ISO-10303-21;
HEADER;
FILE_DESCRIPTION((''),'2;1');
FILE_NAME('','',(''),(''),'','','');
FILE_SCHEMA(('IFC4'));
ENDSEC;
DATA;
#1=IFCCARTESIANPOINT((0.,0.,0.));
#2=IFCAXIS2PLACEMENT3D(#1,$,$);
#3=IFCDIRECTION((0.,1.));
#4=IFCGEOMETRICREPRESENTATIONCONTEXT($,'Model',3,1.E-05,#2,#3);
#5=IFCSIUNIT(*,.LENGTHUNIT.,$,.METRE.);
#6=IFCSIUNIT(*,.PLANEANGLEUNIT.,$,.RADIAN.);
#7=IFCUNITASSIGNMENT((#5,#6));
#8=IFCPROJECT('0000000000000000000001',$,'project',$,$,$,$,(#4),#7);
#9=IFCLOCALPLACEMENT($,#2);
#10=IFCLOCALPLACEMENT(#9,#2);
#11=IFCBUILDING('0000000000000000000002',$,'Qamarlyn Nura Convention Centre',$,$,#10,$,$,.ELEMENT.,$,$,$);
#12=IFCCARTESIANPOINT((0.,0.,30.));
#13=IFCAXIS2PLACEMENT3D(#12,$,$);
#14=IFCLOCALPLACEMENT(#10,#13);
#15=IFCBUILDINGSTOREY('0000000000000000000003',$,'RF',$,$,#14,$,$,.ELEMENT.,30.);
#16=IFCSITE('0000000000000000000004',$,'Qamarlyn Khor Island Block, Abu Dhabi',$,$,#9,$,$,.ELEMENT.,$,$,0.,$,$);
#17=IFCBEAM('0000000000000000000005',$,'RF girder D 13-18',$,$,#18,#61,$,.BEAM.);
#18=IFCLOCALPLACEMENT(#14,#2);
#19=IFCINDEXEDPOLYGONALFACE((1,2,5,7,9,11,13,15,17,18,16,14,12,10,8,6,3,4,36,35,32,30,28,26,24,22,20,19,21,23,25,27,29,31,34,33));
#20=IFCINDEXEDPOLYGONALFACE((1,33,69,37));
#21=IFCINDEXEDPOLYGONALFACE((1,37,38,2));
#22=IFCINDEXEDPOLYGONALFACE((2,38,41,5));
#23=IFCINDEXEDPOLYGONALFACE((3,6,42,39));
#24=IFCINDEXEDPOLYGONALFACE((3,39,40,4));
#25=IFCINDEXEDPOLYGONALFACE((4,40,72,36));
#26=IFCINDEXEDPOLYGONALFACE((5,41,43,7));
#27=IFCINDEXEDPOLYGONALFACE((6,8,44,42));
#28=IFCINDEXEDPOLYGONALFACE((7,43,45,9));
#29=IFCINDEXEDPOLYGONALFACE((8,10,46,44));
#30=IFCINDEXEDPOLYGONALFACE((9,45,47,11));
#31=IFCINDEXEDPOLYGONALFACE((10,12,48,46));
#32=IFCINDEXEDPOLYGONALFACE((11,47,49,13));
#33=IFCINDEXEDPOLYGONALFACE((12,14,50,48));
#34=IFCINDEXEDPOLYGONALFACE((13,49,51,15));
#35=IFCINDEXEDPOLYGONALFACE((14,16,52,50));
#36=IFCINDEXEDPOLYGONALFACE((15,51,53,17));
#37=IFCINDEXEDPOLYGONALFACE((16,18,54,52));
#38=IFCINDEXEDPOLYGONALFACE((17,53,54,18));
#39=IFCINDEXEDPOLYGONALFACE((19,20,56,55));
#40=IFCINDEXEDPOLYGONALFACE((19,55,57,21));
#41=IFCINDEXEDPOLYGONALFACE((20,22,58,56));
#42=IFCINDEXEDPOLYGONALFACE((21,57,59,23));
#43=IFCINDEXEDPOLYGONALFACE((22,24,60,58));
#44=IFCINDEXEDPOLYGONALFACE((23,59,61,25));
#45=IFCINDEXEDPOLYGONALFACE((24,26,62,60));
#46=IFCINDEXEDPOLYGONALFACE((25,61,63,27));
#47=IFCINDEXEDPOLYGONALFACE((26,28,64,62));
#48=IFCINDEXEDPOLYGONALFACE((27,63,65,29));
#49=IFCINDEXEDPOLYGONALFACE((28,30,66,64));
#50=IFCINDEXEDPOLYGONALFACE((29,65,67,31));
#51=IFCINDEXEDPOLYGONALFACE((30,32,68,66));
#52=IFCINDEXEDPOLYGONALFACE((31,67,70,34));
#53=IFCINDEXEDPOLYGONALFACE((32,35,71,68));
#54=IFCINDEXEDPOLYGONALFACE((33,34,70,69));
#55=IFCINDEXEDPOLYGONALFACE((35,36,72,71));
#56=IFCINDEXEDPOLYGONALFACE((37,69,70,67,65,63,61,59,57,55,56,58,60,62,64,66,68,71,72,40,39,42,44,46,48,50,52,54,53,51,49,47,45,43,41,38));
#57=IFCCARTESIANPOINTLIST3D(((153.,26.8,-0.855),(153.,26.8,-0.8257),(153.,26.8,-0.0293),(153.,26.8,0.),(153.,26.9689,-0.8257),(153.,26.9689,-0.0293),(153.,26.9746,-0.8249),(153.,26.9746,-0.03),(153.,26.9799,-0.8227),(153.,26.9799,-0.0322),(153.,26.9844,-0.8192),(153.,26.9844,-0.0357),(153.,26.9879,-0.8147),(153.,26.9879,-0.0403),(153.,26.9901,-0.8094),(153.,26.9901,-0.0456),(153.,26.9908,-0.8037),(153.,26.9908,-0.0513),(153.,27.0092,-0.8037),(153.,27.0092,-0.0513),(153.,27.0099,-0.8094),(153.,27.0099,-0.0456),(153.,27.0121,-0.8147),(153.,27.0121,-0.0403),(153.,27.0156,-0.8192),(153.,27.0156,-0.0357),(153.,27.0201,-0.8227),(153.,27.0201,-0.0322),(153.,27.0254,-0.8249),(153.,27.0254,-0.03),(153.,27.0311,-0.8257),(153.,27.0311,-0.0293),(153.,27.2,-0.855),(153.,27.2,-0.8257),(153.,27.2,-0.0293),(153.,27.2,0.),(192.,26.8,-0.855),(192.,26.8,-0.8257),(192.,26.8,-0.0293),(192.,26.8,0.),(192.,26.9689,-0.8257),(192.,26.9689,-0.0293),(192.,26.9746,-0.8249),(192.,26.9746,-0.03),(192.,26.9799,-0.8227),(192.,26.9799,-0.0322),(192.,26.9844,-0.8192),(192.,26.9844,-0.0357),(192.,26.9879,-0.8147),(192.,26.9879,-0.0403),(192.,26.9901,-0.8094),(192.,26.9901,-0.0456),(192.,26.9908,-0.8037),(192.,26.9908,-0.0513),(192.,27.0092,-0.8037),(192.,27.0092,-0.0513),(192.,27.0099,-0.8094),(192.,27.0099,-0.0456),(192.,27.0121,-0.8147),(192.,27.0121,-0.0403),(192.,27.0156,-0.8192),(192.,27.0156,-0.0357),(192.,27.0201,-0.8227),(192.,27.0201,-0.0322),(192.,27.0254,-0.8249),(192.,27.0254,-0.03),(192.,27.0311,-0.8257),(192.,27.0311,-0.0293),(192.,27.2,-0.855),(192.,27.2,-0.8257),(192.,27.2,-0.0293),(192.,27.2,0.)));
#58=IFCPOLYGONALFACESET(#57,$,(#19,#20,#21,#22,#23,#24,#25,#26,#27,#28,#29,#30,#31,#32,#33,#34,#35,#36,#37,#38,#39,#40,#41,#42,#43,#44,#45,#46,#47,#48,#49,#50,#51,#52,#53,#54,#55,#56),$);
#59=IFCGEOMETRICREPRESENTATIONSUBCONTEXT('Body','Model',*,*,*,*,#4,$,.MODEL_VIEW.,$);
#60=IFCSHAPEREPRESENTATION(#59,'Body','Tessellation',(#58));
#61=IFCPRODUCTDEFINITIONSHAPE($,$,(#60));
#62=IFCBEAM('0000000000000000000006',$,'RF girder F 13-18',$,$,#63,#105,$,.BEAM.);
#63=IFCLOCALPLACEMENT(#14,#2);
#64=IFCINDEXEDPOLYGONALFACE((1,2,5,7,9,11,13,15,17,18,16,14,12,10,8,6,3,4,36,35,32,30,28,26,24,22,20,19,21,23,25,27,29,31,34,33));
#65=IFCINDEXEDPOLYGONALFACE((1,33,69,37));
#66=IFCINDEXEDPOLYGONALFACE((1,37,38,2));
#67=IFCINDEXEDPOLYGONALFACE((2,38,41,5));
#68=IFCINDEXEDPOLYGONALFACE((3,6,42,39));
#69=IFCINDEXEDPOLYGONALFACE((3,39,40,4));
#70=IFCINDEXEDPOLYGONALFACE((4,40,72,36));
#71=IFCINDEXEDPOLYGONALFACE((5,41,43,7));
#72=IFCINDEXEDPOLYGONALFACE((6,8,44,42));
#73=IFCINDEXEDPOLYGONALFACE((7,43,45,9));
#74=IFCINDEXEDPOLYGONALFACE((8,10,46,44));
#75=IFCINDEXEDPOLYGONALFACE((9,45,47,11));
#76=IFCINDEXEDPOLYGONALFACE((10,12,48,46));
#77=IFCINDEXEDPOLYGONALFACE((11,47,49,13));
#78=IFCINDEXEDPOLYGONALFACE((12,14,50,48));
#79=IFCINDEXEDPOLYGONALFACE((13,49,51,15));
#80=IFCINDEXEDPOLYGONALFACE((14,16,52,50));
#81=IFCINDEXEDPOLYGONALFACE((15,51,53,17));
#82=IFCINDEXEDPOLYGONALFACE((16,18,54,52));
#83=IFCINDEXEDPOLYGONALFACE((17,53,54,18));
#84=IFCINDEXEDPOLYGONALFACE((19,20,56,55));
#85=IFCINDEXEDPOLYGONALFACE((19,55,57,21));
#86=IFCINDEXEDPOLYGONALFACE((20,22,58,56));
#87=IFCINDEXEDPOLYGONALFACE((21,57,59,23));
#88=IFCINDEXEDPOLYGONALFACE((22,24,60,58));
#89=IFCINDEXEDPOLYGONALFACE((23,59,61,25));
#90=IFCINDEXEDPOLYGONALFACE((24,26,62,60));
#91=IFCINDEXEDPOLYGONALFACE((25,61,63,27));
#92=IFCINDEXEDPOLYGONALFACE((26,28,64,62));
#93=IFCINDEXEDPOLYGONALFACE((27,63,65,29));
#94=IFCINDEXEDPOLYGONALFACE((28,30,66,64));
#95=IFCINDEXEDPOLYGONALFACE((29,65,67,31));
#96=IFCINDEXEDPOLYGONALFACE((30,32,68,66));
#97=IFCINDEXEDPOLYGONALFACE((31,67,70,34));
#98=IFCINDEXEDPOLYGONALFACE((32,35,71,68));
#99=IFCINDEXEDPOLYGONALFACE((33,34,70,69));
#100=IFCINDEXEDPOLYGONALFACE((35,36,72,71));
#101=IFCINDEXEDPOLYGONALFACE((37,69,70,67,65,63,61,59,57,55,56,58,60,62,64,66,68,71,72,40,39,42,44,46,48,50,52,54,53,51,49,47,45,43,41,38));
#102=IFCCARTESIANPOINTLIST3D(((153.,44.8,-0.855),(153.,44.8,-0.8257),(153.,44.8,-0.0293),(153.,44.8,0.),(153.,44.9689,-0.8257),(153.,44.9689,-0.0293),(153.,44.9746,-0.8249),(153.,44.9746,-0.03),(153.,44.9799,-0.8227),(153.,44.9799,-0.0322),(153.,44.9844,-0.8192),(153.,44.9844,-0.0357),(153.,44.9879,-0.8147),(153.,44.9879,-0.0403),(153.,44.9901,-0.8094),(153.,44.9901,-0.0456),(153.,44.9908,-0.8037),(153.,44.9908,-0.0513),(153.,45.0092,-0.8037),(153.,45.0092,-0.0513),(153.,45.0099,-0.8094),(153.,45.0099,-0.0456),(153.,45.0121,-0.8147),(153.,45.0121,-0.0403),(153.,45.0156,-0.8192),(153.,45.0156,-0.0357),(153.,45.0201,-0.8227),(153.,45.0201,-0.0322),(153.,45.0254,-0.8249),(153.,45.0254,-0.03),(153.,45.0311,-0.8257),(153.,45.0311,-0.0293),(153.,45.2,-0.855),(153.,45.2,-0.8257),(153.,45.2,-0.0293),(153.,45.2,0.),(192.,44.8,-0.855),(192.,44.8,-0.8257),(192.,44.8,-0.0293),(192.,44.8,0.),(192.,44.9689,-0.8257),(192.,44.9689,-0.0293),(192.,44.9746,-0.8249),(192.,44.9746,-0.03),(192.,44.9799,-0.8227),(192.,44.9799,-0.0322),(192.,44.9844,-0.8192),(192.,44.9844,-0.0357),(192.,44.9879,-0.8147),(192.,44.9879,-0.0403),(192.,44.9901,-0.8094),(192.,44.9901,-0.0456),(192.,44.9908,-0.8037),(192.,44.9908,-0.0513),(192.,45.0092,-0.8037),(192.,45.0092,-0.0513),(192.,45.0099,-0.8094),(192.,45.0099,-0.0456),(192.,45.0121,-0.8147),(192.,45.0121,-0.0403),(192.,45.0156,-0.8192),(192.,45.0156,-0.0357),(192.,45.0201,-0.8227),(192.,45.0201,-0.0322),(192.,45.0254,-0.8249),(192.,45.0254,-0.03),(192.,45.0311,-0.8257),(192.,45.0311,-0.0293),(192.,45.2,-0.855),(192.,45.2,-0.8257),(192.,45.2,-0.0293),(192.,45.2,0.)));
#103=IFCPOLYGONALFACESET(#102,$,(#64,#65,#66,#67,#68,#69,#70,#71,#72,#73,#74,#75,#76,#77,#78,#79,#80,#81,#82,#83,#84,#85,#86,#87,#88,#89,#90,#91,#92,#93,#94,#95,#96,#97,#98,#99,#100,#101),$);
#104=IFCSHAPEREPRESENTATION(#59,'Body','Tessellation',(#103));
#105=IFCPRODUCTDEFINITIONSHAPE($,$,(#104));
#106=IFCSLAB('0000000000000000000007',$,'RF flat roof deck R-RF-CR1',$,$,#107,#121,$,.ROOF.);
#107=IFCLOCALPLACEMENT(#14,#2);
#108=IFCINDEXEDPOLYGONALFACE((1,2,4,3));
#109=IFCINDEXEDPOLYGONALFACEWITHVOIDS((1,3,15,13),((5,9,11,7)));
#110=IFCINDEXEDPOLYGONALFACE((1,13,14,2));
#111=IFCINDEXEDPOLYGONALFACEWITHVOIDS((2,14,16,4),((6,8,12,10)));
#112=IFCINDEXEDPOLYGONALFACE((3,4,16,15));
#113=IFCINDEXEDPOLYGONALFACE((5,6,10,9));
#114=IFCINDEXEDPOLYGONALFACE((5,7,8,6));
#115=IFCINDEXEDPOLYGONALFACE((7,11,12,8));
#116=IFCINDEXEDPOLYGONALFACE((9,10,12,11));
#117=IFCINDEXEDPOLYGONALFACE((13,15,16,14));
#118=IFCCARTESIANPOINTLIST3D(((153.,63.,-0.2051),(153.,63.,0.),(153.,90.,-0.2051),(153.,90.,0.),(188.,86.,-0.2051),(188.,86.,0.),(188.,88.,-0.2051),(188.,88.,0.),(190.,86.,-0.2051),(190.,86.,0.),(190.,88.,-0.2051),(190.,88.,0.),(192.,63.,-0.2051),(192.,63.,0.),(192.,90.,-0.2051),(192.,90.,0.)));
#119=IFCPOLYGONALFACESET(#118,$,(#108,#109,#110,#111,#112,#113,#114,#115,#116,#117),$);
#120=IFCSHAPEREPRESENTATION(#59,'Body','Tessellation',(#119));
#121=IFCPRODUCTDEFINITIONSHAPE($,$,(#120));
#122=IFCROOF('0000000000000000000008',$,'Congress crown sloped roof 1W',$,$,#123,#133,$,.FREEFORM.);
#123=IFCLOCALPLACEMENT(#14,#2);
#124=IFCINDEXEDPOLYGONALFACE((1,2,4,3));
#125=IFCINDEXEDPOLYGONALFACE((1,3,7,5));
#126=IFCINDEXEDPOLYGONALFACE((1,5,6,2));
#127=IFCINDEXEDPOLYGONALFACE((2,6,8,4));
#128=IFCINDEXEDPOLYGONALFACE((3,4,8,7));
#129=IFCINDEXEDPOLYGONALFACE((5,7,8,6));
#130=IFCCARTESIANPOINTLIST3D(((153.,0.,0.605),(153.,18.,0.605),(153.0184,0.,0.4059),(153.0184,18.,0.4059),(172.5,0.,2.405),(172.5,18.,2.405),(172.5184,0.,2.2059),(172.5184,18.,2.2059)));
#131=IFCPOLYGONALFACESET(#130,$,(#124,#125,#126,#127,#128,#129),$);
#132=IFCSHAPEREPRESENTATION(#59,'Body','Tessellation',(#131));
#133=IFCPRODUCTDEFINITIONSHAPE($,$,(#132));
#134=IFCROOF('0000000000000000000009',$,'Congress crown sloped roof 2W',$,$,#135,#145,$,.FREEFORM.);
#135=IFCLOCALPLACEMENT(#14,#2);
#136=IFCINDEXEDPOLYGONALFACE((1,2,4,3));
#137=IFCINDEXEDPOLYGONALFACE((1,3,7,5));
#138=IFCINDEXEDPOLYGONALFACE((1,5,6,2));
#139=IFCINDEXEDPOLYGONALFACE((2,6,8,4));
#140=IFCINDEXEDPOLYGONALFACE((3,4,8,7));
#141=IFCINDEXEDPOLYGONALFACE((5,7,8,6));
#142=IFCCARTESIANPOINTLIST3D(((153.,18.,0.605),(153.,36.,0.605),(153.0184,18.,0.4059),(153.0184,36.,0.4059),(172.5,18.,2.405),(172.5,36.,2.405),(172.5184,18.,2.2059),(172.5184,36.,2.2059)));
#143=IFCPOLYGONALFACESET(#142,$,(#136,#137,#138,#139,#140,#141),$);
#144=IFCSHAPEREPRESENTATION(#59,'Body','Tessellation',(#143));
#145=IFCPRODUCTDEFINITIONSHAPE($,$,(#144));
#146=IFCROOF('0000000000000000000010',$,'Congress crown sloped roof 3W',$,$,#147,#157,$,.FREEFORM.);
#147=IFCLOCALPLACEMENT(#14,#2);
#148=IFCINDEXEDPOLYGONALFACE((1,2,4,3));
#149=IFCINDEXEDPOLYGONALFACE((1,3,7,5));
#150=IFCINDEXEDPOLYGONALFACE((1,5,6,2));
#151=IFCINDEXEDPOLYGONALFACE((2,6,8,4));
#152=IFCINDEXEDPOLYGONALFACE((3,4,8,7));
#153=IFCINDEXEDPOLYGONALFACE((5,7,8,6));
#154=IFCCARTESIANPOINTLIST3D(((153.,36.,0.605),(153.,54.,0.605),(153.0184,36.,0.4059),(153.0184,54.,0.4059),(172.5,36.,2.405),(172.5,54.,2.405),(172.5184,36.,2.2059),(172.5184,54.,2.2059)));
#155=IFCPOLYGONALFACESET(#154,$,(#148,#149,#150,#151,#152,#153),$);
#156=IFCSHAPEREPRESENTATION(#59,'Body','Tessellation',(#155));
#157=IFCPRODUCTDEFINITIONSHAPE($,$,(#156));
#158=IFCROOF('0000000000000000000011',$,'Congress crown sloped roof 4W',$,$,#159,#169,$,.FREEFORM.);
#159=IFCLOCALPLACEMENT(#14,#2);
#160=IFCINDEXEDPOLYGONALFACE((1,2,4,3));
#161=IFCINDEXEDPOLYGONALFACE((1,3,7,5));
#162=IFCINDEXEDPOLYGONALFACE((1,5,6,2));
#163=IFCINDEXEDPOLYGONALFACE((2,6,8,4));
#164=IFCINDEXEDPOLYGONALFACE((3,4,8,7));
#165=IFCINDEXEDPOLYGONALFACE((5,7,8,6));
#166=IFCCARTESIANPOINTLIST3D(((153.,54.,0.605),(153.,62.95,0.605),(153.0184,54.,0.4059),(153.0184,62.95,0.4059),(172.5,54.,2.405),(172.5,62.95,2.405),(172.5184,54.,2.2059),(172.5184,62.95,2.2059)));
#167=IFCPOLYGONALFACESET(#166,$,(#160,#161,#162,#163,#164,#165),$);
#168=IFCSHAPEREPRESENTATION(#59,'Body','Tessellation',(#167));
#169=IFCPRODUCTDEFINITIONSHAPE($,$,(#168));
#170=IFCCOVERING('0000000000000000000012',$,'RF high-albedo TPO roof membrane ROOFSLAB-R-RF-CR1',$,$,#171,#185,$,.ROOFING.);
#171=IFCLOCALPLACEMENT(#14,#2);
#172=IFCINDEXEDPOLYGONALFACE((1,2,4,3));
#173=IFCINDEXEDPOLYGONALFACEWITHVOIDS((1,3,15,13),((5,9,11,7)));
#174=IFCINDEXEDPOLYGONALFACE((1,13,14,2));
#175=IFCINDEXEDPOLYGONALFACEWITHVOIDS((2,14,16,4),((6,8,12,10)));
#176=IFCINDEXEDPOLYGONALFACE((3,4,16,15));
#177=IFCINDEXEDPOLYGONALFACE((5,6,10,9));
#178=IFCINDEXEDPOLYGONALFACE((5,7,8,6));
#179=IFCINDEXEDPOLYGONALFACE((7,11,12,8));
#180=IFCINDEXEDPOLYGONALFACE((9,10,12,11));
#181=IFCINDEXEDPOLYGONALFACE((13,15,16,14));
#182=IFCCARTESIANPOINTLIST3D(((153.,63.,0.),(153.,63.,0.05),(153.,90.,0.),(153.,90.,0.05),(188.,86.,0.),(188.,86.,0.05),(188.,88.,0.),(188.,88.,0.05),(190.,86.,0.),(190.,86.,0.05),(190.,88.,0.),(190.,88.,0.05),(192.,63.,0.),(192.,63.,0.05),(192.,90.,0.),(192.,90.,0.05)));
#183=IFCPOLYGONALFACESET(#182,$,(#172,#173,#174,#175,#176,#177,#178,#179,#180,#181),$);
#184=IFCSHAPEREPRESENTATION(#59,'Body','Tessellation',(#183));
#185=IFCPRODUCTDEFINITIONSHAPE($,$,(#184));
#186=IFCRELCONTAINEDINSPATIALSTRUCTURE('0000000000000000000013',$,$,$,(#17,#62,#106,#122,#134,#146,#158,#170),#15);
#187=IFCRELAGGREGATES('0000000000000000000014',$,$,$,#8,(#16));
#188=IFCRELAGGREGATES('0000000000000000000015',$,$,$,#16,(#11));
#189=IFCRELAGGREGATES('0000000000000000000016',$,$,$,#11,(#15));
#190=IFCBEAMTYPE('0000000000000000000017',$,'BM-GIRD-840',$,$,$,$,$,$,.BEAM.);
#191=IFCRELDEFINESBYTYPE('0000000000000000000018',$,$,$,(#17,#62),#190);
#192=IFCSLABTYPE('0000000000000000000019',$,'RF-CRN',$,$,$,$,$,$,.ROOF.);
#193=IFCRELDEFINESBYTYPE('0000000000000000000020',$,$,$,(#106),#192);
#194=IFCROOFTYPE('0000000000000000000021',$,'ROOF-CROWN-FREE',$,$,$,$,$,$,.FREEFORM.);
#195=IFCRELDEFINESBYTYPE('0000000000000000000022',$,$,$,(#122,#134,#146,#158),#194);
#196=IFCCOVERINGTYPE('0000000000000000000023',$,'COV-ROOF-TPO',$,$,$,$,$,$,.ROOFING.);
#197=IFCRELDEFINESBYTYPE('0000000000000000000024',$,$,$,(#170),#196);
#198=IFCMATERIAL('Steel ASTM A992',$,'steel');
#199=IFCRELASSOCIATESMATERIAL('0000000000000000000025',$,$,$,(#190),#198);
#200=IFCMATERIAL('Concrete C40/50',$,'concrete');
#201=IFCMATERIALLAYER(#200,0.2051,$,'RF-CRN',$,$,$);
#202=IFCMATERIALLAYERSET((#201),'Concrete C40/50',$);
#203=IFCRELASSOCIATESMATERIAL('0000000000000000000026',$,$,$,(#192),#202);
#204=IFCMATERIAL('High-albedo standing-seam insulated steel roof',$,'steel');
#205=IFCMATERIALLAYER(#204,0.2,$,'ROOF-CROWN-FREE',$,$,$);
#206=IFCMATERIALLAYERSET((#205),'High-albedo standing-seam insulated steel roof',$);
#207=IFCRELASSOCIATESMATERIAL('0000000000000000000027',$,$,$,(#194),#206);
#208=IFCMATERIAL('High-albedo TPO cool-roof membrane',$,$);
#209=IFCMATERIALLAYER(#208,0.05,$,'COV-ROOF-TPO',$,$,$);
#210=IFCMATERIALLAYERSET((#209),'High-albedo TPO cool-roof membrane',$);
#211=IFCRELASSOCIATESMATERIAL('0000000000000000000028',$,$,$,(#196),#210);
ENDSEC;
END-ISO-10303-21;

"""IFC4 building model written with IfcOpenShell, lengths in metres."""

from ifc_helpers import new_model, si_unit, direction, frame, origin, origin_2d, place, context, subcontext, project, spatial, polyline, i_section, outline, extrude, material, layer, layer_set, material_profile, profile_set, type_object, element, save


model = new_model("IFC4")

# Units and contexts
model_context = context("Model", 3, precision=1e-05, world=origin(), true_north=direction((0.0, 1.0)))
body_context = subcontext(model_context, "Body", "Model", "MODEL_VIEW")
ifc_project = project(units=[si_unit("LENGTHUNIT", "METRE"), si_unit("PLANEANGLEUNIT", "RADIAN")], contexts=[model_context])

# Site, building, storey
site_placement = place(None, origin())
site = spatial("IfcSite", under=ifc_project, at=site_placement, Name="Qamarlyn Khor Island Block, Abu Dhabi", CompositionType="ELEMENT", RefElevation=0.0)
building_placement = place(site_placement, origin())
building = spatial("IfcBuilding", under=site, at=building_placement, Name="Qamarlyn Nura Convention Centre", CompositionType="ELEMENT")
storey_placement = place(building_placement, frame((0.0, 0.0, 30.0)))
storey = spatial("IfcBuildingStorey", under=building, at=storey_placement, Name="RF", CompositionType="ELEMENT", Elevation=30.0)

# Beams
ifc_material_1 = material(Name="Steel ASTM A992", Category="steel")
ifc_material_profile_1 = material_profile(ifc_material_1, i_section(OverallWidth=0.3999, OverallDepth=0.855, WebThickness=0.0183, FlangeThickness=0.0293, FilletRadius=0.022, at=origin_2d()), Name="W840X299")
ifc_profile_set_1 = profile_set([ifc_material_profile_1], Name="Steel ASTM A992")
beam_type_1 = type_object("IfcBeamType", Name="BM-GIRD-840", PredefinedType="BEAM", material=ifc_profile_set_1)
for number, where, z_axis, x_axis, name in (
    (1, (153.0, 27.0, -0.4275), (1.0, 0.0, 0.0), (0.0, 1.0, 0.0), "RF girder D 13-18"),
    (2, (153.0, 45.0, -0.4275), (1.0, 0.0, 0.0), (0.0, 1.0, 0.0), "RF girder F 13-18"),
):
    element("IfcBeam", number, at=place(storey_placement, frame(where, z_axis=z_axis, x_axis=x_axis)), inside=storey, type_object=beam_type_1, Name=name, PredefinedType="BEAM", context=body_context, shape_type="SweptSolid", body=[
        extrude(i_section(OverallWidth=0.3999, OverallDepth=0.855, WebThickness=0.0183, FlangeThickness=0.0293, FilletRadius=0.022, at=origin_2d()), origin(), (0.0, 0.0, 1.0), 39.0),
    ])

# Slab
ifc_material_2 = material(Name="Concrete C40/50", Category="concrete")
ifc_layer_1 = layer(ifc_material_2, 0.2051, Name="RF-CRN")
ifc_layer_set_1 = layer_set([ifc_layer_1], Name="Concrete C40/50")
slab_type = type_object("IfcSlabType", Name="RF-CRN", PredefinedType="ROOF", material=ifc_layer_set_1)
slab_placement = place(storey_placement, frame((0.0, 0.0, -0.2051)))
element("IfcSlab", 3, at=slab_placement, inside=storey, type_object=slab_type, Name="RF flat roof deck R-RF-CR1", PredefinedType="ROOF", context=body_context, shape_type="SweptSolid", body=[
    extrude(outline(polyline([(153.0, 63.0), (153.0, 90.0), (192.0, 90.0), (192.0, 63.0), (153.0, 63.0)]), holes=[polyline([(190.0, 88.0), (188.0, 88.0), (188.0, 86.0), (190.0, 86.0), (190.0, 88.0)])]), origin(), (0.0, 0.0, 1.0), 0.2051),
])

# Roofs
ifc_material_3 = material(Name="High-albedo standing-seam insulated steel roof", Category="steel")
ifc_layer_2 = layer(ifc_material_3, 0.2, Name="ROOF-CROWN-FREE")
ifc_layer_set_2 = layer_set([ifc_layer_2], Name="High-albedo standing-seam insulated steel roof")
roof_type = type_object("IfcRoofType", Name="ROOF-CROWN-FREE", PredefinedType="FREEFORM", material=ifc_layer_set_2)
for number, where, z_axis, x_axis, name in (
    (4, (153.0, 0.0, 0.605), (-0.091919, 0.0, 0.995766), (0.995766, 0.0, 0.091919), "Congress crown sloped roof 1W"),
    (5, (153.0, 18.0, 0.605), (-0.091919, 0.0, 0.995766), (0.995766, 0.0, 0.091919), "Congress crown sloped roof 2W"),
    (6, (153.0, 36.0, 0.605), (-0.091919, 0.0, 0.995766), (0.995766, 0.0, 0.091919), "Congress crown sloped roof 3W"),
):
    element("IfcRoof", number, at=place(storey_placement, frame(where, z_axis=z_axis, x_axis=x_axis)), inside=storey, type_object=roof_type, Name=name, PredefinedType="FREEFORM", context=body_context, shape_type="SweptSolid", body=[
        extrude(outline(polyline([(0.0, 0.0), (19.5829, 0.0), (19.5829, 18.0), (0.0, 18.0), (0.0, 0.0)])), origin(), (0.0, 0.0, -1.0), 0.2),
    ])
roof_placement = place(storey_placement, frame((153.0, 54.0, 0.605), z_axis=(-0.091919, 0.0, 0.995766), x_axis=(0.995766, 0.0, 0.091919)))
element("IfcRoof", 7, at=roof_placement, inside=storey, type_object=roof_type, Name="Congress crown sloped roof 4W", PredefinedType="FREEFORM", context=body_context, shape_type="SweptSolid", body=[
    extrude(outline(polyline([(0.0, 0.0), (19.5829, 0.0), (19.5829, 8.95), (0.0, 8.95), (0.0, 0.0)])), origin(), (0.0, 0.0, -1.0), 0.2),
])

# Covering
ifc_material_4 = material(Name="High-albedo TPO cool-roof membrane")
ifc_layer_3 = layer(ifc_material_4, 0.05, Name="COV-ROOF-TPO")
ifc_layer_set_3 = layer_set([ifc_layer_3], Name="High-albedo TPO cool-roof membrane")
covering_type = type_object("IfcCoveringType", Name="COV-ROOF-TPO", PredefinedType="ROOFING", material=ifc_layer_set_3)
covering_placement = place(storey_placement, origin())
element("IfcCovering", 8, at=covering_placement, inside=storey, type_object=covering_type, Name="RF high-albedo TPO roof membrane ROOFSLAB-R-RF-CR1", PredefinedType="ROOFING", context=body_context, shape_type="SweptSolid", body=[
    extrude(outline(polyline([(153.0, 63.0), (153.0, 90.0), (192.0, 90.0), (192.0, 63.0), (153.0, 63.0)]), holes=[polyline([(190.0, 88.0), (188.0, 88.0), (188.0, 86.0), (190.0, 86.0), (190.0, 88.0)])]), origin(), (0.0, 0.0, 1.0), 0.05),
])

save(model, "model.ifc")
